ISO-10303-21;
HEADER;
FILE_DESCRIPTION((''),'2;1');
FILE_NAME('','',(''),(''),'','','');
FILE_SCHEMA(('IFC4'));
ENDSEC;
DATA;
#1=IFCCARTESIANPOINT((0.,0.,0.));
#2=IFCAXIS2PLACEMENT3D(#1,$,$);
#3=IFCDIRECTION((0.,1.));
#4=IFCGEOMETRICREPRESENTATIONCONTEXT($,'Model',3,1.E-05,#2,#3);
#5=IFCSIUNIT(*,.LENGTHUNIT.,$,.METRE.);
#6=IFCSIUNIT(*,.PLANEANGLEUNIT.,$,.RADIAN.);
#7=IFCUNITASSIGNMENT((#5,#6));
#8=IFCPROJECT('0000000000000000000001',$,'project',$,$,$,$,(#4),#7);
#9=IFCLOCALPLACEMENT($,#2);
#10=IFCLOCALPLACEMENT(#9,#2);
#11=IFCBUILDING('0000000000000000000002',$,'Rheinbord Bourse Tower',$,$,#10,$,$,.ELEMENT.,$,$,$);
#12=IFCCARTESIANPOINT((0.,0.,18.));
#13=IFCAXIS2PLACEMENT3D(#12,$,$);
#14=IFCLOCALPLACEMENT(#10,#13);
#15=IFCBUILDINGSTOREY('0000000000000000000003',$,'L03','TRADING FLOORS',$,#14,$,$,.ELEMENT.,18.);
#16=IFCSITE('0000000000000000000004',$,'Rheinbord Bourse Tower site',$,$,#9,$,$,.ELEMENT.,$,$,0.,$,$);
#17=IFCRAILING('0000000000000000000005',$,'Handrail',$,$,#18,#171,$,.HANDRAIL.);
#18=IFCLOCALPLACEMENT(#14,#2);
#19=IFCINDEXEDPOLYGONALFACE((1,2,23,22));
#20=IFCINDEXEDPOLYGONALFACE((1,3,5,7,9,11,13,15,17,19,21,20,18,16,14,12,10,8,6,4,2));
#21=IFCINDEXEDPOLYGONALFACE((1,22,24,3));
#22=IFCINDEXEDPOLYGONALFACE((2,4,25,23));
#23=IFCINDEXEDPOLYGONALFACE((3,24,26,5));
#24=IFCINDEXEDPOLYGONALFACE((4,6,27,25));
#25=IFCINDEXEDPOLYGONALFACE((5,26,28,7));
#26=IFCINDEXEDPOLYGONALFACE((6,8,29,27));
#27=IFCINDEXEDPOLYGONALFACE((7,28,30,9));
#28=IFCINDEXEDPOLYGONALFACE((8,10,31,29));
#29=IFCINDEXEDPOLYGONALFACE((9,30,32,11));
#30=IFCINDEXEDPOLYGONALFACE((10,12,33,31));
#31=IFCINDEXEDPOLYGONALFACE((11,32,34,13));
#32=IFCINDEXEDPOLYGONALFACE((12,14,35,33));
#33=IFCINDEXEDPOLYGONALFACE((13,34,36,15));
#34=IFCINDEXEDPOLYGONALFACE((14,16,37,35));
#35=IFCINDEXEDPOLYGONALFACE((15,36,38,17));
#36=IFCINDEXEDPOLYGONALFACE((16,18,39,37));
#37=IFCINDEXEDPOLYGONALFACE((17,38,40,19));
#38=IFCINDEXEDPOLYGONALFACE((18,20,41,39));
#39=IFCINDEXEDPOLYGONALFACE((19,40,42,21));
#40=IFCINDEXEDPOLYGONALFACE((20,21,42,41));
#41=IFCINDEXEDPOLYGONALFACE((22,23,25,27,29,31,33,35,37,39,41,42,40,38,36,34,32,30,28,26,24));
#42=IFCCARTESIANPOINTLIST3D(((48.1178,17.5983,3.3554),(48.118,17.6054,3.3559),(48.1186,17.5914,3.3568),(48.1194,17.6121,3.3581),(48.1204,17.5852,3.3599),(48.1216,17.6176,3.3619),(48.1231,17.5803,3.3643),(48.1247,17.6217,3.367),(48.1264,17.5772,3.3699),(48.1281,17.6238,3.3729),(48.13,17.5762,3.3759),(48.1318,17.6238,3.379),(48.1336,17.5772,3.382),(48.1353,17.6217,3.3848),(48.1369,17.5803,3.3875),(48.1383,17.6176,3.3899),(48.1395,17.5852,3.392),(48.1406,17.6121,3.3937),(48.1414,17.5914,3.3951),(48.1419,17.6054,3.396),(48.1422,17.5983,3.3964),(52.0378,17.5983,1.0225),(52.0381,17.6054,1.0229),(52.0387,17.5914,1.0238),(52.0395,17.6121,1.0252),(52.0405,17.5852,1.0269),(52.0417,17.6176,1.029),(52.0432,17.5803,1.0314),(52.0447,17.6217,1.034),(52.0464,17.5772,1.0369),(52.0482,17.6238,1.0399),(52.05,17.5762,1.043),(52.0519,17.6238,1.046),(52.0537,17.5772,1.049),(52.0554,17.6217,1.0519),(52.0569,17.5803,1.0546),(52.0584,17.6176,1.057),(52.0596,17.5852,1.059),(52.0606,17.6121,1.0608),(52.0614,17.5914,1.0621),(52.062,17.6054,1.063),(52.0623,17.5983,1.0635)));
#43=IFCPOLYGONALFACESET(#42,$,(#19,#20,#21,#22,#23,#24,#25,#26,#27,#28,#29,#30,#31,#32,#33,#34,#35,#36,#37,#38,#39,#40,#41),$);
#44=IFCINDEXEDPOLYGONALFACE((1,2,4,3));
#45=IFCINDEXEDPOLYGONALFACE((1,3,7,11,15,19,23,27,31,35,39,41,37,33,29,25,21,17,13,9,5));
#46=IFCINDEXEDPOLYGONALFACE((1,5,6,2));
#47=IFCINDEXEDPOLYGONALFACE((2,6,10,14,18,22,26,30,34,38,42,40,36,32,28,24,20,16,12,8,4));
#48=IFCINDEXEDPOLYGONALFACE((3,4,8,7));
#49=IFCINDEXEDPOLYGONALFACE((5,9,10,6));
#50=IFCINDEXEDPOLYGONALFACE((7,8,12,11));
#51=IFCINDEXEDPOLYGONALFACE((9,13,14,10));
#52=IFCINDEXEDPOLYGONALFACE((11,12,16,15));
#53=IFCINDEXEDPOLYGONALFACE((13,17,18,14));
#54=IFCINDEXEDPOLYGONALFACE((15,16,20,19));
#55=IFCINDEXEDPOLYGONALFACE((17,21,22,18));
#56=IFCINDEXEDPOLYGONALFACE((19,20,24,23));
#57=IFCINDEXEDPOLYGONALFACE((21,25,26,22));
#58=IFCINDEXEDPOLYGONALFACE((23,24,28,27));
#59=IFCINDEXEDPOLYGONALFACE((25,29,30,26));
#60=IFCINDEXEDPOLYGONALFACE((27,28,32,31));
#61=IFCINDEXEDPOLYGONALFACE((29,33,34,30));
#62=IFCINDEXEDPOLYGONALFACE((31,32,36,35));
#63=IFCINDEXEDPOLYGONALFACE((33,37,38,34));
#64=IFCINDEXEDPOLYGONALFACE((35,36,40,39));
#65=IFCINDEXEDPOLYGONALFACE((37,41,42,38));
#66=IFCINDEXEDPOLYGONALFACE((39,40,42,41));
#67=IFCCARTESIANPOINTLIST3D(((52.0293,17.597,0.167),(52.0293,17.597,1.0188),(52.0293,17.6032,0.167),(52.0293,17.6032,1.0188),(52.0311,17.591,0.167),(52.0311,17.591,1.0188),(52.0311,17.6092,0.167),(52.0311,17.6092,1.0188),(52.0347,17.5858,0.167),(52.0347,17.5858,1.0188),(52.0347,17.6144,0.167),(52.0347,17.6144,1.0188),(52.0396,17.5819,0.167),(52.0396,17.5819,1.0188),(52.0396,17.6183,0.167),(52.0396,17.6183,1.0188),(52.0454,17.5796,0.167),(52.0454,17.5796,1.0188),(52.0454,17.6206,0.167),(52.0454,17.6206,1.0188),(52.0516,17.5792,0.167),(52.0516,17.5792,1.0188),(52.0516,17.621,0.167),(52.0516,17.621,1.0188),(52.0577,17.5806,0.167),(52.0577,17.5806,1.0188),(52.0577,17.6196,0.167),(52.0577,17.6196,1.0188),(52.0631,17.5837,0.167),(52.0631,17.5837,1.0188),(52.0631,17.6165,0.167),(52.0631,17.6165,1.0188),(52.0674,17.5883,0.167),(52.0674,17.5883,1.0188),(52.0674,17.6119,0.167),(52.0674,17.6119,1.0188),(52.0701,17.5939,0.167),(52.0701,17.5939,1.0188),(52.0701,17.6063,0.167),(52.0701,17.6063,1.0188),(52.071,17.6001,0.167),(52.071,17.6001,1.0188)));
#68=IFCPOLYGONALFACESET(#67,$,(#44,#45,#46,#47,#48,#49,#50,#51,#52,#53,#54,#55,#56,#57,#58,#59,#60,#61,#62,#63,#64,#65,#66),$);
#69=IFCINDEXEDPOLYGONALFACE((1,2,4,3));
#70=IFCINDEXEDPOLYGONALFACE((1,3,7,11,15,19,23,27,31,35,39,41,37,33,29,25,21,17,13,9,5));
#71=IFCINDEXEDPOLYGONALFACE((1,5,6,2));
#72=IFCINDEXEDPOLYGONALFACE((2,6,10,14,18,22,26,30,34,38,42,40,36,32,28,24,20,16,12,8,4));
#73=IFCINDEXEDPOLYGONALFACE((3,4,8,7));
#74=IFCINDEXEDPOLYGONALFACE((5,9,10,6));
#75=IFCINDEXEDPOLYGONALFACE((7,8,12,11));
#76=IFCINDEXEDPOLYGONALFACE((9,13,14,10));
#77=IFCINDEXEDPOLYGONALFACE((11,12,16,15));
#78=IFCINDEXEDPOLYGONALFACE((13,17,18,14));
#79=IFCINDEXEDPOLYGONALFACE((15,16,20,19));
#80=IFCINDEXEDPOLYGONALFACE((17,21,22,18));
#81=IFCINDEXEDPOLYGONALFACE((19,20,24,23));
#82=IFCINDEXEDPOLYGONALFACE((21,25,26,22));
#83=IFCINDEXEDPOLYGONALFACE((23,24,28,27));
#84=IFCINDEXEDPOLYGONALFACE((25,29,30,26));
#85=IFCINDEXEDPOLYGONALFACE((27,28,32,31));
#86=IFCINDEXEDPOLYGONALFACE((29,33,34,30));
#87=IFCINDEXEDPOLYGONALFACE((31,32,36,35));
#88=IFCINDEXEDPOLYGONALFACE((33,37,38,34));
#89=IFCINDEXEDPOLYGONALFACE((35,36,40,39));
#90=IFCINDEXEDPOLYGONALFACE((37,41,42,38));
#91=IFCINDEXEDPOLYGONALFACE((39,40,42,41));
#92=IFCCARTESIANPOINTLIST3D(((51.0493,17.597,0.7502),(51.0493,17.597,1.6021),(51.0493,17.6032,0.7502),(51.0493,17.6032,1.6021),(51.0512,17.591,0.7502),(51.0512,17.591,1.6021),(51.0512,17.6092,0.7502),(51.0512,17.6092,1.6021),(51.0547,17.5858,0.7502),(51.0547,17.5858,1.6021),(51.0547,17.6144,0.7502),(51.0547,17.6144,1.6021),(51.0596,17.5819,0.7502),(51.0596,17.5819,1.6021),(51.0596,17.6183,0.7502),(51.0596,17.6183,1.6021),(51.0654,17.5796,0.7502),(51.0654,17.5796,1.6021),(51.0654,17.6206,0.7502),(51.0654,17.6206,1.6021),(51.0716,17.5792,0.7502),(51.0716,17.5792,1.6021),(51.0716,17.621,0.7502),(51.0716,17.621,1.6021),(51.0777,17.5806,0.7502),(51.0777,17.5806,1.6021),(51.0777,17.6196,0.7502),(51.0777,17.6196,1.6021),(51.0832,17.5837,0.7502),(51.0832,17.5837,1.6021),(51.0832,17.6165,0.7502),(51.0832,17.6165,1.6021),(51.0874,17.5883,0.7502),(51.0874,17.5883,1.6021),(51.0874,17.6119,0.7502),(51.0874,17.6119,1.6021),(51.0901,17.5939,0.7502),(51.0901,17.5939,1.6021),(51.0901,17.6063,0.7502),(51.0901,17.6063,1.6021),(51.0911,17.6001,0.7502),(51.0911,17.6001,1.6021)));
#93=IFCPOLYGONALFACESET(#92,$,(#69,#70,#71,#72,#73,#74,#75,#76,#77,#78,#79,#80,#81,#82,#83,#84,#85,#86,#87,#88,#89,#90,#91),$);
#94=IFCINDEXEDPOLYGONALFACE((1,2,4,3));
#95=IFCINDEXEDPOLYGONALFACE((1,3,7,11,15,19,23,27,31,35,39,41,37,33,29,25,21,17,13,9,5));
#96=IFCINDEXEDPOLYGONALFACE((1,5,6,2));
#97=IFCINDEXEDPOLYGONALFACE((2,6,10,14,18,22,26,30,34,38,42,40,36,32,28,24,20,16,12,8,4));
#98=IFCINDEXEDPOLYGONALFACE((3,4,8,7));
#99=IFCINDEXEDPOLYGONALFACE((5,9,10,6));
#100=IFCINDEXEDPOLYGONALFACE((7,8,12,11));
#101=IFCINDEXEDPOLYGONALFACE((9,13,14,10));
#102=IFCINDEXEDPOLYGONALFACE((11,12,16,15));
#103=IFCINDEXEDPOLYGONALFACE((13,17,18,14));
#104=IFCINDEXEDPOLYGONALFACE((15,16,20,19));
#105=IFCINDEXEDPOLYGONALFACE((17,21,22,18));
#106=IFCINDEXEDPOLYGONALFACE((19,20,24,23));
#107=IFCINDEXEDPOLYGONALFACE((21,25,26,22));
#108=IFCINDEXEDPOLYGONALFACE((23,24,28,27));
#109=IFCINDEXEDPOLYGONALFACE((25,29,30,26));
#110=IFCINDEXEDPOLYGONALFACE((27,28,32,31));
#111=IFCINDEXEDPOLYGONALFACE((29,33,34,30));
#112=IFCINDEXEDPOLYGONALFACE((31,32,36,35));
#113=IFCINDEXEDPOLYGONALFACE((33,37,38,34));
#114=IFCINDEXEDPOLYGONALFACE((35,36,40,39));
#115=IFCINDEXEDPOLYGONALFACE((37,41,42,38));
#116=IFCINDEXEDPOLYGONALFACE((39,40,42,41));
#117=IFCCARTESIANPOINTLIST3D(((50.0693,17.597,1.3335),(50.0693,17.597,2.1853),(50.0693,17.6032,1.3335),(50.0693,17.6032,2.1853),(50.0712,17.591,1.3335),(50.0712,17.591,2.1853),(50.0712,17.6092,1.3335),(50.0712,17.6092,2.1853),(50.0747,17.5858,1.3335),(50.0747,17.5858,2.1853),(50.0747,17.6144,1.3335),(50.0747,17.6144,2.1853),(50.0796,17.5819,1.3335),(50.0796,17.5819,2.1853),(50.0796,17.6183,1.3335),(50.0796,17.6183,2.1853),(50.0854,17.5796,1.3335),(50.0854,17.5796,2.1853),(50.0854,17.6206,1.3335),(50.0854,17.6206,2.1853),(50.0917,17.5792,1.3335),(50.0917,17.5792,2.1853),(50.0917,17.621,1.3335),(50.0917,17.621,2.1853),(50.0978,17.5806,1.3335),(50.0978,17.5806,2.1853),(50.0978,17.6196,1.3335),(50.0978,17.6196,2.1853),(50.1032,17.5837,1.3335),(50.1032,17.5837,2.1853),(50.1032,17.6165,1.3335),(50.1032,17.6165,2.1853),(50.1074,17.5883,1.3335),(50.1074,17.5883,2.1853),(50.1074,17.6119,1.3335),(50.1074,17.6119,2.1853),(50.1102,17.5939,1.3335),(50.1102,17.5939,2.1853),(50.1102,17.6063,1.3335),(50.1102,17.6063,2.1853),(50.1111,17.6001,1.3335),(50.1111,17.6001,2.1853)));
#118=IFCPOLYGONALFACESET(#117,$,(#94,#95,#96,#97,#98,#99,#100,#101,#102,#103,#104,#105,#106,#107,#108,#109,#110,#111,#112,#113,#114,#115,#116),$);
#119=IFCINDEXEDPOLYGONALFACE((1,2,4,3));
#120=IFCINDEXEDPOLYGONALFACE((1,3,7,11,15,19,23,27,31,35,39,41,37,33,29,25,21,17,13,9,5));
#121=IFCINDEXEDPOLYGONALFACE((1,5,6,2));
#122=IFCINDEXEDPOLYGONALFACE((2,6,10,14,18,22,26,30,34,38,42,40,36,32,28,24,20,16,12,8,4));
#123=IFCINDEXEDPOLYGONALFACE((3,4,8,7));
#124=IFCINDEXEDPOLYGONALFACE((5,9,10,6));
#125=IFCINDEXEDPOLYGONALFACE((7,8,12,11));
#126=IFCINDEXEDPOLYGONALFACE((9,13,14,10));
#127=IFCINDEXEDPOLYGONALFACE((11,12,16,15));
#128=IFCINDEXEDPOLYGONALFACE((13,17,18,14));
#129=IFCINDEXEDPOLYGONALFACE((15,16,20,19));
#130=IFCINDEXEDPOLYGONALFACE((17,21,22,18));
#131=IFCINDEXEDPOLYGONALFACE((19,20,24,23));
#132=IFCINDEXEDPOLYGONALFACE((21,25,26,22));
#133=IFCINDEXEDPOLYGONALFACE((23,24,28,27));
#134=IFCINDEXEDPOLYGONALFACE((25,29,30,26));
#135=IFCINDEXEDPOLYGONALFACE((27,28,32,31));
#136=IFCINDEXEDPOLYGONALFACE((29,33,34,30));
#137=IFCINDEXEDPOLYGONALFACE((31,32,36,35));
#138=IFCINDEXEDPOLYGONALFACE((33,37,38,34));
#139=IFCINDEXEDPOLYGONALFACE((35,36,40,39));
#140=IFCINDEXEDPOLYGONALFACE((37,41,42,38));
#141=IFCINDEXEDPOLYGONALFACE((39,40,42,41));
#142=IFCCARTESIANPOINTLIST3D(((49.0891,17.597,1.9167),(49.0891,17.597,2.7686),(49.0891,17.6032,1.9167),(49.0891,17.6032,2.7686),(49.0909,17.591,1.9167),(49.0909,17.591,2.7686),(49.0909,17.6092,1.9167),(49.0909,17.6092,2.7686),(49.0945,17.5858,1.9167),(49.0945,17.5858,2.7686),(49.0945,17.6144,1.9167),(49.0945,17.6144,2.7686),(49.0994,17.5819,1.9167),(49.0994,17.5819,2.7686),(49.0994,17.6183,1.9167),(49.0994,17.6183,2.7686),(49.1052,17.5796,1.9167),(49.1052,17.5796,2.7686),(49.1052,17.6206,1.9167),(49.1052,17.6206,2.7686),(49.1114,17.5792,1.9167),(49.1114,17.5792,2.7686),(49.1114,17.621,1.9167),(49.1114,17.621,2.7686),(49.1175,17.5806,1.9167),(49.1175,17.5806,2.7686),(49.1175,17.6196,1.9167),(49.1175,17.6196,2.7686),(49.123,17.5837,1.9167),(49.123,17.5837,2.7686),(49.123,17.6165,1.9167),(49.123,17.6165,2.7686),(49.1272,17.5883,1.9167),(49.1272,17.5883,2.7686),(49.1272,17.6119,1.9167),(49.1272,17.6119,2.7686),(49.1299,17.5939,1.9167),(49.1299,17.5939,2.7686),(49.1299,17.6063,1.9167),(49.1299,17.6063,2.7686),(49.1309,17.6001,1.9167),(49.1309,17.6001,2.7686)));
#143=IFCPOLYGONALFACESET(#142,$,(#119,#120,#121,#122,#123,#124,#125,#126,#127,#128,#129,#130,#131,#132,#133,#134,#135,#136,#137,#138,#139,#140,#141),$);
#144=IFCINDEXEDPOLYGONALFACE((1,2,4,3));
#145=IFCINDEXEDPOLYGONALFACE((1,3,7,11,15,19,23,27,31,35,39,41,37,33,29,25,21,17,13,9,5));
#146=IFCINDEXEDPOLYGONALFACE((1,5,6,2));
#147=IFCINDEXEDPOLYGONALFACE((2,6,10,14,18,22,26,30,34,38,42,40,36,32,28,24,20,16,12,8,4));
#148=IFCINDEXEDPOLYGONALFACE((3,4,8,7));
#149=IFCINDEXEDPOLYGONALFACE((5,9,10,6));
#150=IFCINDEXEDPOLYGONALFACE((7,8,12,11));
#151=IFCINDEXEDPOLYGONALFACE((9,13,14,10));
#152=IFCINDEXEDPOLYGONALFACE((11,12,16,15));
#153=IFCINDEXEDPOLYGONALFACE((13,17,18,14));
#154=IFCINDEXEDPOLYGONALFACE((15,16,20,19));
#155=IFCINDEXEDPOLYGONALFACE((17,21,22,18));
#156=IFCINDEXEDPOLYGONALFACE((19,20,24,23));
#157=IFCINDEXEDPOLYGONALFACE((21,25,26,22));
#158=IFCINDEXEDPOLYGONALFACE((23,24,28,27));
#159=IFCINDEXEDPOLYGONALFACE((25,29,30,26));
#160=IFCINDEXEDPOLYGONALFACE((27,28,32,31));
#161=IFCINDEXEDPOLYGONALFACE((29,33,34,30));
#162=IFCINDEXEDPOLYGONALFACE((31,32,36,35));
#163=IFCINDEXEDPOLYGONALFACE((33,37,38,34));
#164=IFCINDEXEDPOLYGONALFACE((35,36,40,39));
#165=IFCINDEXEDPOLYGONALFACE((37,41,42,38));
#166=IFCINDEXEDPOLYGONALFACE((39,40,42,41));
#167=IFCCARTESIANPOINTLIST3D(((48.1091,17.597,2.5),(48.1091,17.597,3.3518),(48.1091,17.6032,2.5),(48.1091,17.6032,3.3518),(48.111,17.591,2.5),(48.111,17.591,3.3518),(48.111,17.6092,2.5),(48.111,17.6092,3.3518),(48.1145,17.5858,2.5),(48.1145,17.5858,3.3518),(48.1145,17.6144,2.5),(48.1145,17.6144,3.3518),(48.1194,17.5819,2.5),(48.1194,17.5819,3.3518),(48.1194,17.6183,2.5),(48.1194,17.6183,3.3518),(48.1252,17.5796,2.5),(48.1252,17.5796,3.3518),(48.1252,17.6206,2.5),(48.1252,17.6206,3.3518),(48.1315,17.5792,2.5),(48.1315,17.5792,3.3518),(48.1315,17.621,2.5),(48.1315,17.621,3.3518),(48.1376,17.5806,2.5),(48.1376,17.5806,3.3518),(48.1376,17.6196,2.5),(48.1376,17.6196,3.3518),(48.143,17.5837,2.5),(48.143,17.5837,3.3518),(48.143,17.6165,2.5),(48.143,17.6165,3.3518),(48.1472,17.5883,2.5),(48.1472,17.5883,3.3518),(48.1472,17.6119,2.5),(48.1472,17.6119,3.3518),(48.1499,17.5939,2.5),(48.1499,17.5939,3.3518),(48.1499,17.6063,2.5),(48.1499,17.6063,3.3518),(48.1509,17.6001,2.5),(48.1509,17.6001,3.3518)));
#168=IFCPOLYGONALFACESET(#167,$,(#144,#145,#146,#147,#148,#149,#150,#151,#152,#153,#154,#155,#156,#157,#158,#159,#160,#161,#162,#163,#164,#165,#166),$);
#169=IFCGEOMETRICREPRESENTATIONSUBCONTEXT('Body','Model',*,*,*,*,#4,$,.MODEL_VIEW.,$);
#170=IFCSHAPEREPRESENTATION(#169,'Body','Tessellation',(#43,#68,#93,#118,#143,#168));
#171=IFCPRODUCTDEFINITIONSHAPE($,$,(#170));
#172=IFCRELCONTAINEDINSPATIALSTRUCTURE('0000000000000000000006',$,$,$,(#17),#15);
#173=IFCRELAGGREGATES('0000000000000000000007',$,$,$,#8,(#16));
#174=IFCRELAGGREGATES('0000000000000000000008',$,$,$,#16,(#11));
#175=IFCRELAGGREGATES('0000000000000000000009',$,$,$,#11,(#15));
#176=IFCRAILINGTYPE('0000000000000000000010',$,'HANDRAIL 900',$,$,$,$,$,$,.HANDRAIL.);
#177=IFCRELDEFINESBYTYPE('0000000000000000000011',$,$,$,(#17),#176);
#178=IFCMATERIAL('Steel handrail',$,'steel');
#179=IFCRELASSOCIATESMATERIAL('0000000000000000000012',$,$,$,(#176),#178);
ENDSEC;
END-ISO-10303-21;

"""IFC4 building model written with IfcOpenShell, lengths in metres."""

from ifc_helpers import new_model, si_unit, direction, frame, origin, origin_2d, place, context, subcontext, project, spatial, circle, extrude, material, type_object, element, save


model = new_model("IFC4")

# Units and contexts
model_context = context("Model", 3, precision=1e-05, world=origin(), true_north=direction((0.0, 1.0)))
body_context = subcontext(model_context, "Body", "Model", "MODEL_VIEW")
ifc_project = project(units=[si_unit("LENGTHUNIT", "METRE"), si_unit("PLANEANGLEUNIT", "RADIAN")], contexts=[model_context])

# Site, building, storey
site_placement = place(None, origin())
site = spatial("IfcSite", under=ifc_project, at=site_placement, Name="Rheinbord Bourse Tower site", CompositionType="ELEMENT", RefElevation=0.0)
building_placement = place(site_placement, origin())
building = spatial("IfcBuilding", under=site, at=building_placement, Name="Rheinbord Bourse Tower", CompositionType="ELEMENT")
storey_placement = place(building_placement, frame((0.0, 0.0, 18.0)))
storey = spatial("IfcBuildingStorey", under=building, at=storey_placement, Name="L03", Description="TRADING FLOORS", CompositionType="ELEMENT", Elevation=18.0)

# Railing
ifc_material_1 = material(Name="Steel handrail", Category="steel")
railing_type = type_object("IfcRailingType", Name="HANDRAIL 900", PredefinedType="HANDRAIL", material=ifc_material_1)
railing_placement = place(storey_placement, frame((52.05, 17.6001, 0.167)))
element("IfcRailing", 1, at=railing_placement, inside=storey, type_object=railing_type, Name="Handrail", PredefinedType="HANDRAIL", context=body_context, shape_type="SweptSolid", body=[
    extrude(circle(Radius=0.0239, at=origin_2d()), frame((0.0, 0.0, 0.876), z_axis=(-0.859334, 0.0, 0.511415), x_axis=(0.0, -1.0, 0.0)), (0.0, 0.0, 1.0), 4.5618),
    extrude(circle(Radius=0.021, at=origin_2d()), origin(), (0.0, 0.0, 1.0), 0.8518),
    extrude(circle(Radius=0.021, at=origin_2d()), frame((-0.98, 0.0, 0.5833)), (0.0, 0.0, 1.0), 0.8518),
    extrude(circle(Radius=0.021, at=origin_2d()), frame((-1.96, 0.0, 1.1665)), (0.0, 0.0, 1.0), 0.8518),
    extrude(circle(Radius=0.021, at=origin_2d()), frame((-2.9402, 0.0, 1.7498)), (0.0, 0.0, 1.0), 0.8518),
    extrude(circle(Radius=0.021, at=origin_2d()), frame((-3.9202, 0.0, 2.333)), (0.0, 0.0, 1.0), 0.8518),
])

save(model, "model.ifc")
